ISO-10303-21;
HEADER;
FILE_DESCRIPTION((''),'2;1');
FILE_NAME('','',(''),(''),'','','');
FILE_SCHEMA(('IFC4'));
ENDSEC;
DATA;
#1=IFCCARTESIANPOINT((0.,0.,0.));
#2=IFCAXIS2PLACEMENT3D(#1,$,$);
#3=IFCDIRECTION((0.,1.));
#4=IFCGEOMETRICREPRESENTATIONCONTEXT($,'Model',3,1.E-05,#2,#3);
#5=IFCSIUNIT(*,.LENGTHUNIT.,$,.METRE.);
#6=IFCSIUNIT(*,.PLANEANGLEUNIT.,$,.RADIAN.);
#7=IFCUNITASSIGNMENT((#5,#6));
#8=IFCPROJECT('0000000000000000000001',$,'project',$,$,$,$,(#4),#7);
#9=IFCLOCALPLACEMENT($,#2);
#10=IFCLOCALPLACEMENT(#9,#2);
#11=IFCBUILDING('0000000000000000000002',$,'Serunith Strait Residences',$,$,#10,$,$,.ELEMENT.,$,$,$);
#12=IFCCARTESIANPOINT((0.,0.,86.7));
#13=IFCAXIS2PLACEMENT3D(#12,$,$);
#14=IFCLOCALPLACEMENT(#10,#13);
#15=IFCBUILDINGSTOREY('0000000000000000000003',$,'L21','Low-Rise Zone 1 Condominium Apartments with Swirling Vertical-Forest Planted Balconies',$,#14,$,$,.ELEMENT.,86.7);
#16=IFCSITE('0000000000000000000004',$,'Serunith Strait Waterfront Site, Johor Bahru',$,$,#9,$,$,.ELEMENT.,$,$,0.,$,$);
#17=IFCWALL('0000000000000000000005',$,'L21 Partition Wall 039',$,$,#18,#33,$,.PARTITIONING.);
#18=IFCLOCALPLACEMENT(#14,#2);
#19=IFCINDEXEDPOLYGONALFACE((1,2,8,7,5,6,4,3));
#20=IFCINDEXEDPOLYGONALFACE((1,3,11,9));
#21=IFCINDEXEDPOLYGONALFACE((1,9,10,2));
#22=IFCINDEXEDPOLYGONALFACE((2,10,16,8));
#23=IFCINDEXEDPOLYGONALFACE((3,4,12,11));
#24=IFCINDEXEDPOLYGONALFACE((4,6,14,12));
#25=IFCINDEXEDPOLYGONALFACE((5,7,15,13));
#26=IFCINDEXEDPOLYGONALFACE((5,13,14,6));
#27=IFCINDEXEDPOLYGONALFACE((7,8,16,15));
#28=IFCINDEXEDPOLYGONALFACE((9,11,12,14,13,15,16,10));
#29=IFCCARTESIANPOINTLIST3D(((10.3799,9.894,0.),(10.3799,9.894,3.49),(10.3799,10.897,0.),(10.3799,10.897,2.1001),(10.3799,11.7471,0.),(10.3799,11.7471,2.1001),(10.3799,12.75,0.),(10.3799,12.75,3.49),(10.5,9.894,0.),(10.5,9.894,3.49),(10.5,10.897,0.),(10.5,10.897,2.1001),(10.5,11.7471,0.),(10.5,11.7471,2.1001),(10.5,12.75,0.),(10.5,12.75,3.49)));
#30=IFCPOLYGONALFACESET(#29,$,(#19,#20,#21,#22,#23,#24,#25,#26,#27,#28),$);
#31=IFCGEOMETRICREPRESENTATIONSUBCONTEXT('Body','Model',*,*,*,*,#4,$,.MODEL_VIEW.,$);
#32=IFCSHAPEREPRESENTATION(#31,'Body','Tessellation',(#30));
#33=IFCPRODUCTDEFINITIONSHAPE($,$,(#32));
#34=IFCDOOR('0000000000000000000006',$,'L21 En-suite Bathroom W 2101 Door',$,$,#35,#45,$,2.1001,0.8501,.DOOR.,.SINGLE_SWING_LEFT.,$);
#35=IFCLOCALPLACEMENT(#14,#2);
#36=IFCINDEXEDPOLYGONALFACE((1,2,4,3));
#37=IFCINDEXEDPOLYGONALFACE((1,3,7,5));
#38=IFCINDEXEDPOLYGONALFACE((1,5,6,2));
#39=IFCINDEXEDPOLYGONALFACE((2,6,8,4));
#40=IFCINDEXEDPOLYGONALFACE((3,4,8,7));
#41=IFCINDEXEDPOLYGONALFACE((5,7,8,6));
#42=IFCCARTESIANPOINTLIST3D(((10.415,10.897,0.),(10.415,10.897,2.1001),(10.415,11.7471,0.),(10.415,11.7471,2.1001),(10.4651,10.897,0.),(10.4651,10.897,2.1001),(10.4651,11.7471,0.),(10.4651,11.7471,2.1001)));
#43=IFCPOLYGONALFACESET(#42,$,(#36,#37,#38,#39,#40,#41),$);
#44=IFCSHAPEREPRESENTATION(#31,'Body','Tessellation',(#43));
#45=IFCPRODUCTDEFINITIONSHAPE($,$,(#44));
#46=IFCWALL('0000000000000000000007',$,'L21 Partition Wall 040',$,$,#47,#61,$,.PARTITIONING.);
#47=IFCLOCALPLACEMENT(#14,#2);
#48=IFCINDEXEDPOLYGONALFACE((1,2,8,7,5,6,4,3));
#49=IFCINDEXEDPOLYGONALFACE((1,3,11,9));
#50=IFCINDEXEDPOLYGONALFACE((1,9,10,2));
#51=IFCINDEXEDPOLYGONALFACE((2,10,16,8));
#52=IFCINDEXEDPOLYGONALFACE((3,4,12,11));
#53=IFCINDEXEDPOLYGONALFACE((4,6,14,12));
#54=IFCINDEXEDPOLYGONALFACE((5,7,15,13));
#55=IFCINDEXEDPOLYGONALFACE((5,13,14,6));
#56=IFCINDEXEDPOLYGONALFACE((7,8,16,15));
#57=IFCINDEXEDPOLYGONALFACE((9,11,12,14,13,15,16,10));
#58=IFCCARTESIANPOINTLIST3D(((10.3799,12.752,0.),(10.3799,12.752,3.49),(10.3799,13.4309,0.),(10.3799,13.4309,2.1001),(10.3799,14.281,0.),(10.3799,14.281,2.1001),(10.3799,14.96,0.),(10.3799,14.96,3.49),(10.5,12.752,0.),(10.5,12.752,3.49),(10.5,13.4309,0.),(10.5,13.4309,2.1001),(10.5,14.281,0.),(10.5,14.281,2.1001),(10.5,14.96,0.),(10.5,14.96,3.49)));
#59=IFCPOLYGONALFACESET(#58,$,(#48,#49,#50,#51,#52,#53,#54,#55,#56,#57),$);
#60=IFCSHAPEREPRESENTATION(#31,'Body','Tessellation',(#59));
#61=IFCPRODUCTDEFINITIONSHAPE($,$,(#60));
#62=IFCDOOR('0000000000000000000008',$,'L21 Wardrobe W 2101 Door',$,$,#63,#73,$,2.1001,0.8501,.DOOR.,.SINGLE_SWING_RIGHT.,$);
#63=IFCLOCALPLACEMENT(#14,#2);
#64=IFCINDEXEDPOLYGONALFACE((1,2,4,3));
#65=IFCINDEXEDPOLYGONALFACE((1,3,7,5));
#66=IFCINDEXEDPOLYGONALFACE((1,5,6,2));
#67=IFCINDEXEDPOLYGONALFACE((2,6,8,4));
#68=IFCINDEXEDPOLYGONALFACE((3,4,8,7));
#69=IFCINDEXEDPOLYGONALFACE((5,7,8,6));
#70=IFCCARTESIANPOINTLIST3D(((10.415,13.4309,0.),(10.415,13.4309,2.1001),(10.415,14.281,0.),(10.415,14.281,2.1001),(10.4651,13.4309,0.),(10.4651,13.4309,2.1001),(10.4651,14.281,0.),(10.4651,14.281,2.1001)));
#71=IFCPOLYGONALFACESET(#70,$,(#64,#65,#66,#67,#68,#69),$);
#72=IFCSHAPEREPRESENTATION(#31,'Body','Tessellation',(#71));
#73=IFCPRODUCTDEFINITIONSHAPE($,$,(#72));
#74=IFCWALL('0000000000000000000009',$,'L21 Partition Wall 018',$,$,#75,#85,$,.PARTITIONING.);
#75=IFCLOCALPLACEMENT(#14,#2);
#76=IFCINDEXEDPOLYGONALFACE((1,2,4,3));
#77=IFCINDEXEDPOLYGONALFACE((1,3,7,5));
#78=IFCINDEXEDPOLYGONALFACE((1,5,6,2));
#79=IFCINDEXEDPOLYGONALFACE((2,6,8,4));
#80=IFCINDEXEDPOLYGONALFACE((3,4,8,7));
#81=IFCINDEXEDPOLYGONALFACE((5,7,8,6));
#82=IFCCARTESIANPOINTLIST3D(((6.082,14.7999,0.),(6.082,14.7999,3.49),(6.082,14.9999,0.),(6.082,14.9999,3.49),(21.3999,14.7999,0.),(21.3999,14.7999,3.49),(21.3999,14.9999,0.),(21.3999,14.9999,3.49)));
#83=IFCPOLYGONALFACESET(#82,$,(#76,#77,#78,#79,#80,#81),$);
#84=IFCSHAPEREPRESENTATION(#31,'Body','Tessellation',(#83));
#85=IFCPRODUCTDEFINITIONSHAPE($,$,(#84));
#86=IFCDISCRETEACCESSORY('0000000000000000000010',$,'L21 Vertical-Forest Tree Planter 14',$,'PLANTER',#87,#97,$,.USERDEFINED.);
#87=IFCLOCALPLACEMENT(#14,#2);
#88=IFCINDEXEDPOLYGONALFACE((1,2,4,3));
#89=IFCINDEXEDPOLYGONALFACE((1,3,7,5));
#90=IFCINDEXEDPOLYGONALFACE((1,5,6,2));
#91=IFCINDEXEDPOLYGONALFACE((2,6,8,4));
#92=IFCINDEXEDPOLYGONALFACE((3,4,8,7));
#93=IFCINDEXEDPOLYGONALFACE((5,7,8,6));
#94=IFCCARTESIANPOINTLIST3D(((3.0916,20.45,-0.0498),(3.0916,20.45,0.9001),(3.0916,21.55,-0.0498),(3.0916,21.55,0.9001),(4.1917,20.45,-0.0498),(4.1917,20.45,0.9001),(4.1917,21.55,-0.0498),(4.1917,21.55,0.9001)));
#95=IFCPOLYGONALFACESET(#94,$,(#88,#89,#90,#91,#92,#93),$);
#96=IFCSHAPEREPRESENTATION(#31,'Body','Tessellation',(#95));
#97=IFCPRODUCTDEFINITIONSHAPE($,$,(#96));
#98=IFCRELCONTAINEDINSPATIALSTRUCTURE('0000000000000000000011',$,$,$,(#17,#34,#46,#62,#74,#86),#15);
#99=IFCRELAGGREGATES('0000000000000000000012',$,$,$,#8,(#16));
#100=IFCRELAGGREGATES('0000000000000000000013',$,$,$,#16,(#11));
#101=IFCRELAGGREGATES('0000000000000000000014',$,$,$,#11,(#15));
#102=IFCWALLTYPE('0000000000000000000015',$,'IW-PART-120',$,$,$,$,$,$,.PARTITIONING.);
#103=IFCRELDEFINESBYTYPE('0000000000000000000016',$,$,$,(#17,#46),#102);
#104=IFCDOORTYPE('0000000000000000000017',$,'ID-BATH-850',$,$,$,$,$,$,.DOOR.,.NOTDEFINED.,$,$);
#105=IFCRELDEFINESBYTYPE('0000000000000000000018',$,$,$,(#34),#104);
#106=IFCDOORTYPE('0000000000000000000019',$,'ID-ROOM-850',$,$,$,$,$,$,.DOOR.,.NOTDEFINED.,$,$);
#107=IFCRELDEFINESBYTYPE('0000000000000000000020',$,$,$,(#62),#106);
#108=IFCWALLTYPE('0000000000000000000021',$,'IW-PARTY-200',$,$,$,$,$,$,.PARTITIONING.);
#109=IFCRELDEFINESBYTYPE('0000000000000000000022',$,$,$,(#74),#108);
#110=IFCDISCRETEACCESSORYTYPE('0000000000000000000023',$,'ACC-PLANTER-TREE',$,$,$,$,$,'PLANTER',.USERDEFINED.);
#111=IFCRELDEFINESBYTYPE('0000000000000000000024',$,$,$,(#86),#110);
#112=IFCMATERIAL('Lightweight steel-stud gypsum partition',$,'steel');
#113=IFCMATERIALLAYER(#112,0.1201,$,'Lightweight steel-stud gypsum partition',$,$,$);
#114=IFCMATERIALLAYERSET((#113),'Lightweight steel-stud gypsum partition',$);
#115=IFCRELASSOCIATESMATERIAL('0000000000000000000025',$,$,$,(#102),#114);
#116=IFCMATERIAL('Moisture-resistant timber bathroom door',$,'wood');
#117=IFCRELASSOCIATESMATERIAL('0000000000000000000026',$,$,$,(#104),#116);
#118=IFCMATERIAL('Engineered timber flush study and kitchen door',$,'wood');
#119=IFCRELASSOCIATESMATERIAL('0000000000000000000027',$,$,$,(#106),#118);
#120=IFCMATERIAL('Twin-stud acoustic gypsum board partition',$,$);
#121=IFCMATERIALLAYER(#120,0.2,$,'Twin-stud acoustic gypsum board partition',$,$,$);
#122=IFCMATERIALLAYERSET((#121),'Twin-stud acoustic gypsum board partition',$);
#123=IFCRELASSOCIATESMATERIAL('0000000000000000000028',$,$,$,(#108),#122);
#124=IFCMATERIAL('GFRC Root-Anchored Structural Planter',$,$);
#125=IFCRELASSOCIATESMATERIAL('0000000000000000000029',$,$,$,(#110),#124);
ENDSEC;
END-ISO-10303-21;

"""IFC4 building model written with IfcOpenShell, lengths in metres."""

from ifc_helpers import new_model, si_unit, direction, frame, frame_2d, origin, origin_2d, place, context, subcontext, project, spatial, rectangle, extrude, source, transform, mapped, material, layer, layer_set, type_object, element, fill, save


model = new_model("IFC4")

# Units and contexts
model_context = context("Model", 3, precision=1e-05, world=origin(), true_north=direction((0.0, 1.0)))
body_context = subcontext(model_context, "Body", "Model", "MODEL_VIEW")
ifc_project = project(units=[si_unit("LENGTHUNIT", "METRE"), si_unit("PLANEANGLEUNIT", "RADIAN")], contexts=[model_context])

# Site, building, storey
site_placement = place(None, origin())
site = spatial("IfcSite", under=ifc_project, at=site_placement, Name="Serunith Strait Waterfront Site, Johor Bahru", CompositionType="ELEMENT", RefElevation=0.0)
building_placement = place(site_placement, origin())
building = spatial("IfcBuilding", under=site, at=building_placement, Name="Serunith Strait Residences", CompositionType="ELEMENT")
storey_placement = place(building_placement, frame((0.0, 0.0, 86.7)))
storey = spatial("IfcBuildingStorey", under=building, at=storey_placement, Name="L21", Description="Low-Rise Zone 1 Condominium Apartments with Swirling Vertical-Forest Planted Balconies", CompositionType="ELEMENT", Elevation=86.7)

# Shared definitions
ifc_material_1 = material(Name="Lightweight steel-stud gypsum partition", Category="steel")
ifc_layer_1 = layer(ifc_material_1, 0.1201, Name="Lightweight steel-stud gypsum partition")
ifc_layer_set_1 = layer_set([ifc_layer_1], Name="Lightweight steel-stud gypsum partition")
wall_type_1 = type_object("IfcWallType", Name="IW-PART-120", PredefinedType="PARTITIONING", material=ifc_layer_set_1)
ifc_material_2 = material(Name="Moisture-resistant timber bathroom door", Category="wood")
door_type_1 = type_object("IfcDoorType", Name="ID-BATH-850", OperationType="NOTDEFINED", PredefinedType="DOOR", material=ifc_material_2)
shared_shape_1 = source(origin(), body_context, "Body", "SweptSolid", [
    extrude(rectangle(XDim=0.8501, YDim=2.1001, at=frame_2d((0.425, 1.05))), frame((0.0, 0.0249, 0.0), z_axis=(0.0, -1.0, 0.0), x_axis=(1.0, 0.0, 0.0)), (0.0, 0.0, 1.0), 0.05),
])
ifc_material_3 = material(Name="Engineered timber flush study and kitchen door", Category="wood")
door_type_2 = type_object("IfcDoorType", Name="ID-ROOM-850", OperationType="NOTDEFINED", PredefinedType="DOOR", material=ifc_material_3)

# Walls, openings, doors
wall_1_placement = place(storey_placement, frame((10.4399, 9.894, 0.0), z_axis=(0.0, 0.0, 1.0), x_axis=(0.0, 1.0, 0.0)))
wall_1 = element("IfcWall", 1, at=wall_1_placement, inside=storey, type_object=wall_type_1, Name="L21 Partition Wall 039", PredefinedType="PARTITIONING", context=body_context, shape_type="SweptSolid", body=[
    extrude(rectangle(XDim=2.856, YDim=0.1201, at=frame_2d((1.428, 0.0))), origin(), (0.0, 0.0, 1.0), 3.49),
])
opening_1_placement = place(wall_1_placement, frame((1.0029, 0.0, 0.0)))
opening_1 = element("IfcOpeningElement", 2, at=opening_1_placement, cuts=wall_1, PredefinedType="OPENING", context=body_context, shape_type="SweptSolid", body=[
    extrude(rectangle(XDim=0.8501, YDim=2.1001, at=frame_2d((0.425, 1.05))), frame((0.0, 0.0701, 0.0), z_axis=(0.0, -1.0, 0.0), x_axis=(1.0, 0.0, 0.0)), (0.0, 0.0, 1.0), 0.1401),
])
door_1_placement = place(opening_1_placement, origin())
door_1 = element("IfcDoor", 3, at=door_1_placement, inside=storey, type_object=door_type_1, Name="L21 En-suite Bathroom W 2101 Door", OperationType="SINGLE_SWING_LEFT", OverallHeight=2.1001, OverallWidth=0.8501, PredefinedType="DOOR", context=body_context, shape_type="MappedRepresentation", body=[
    mapped(shared_shape_1, transform((0.0, 0.0, 0.0), scale=1.0)),
])
fill(opening_1, door_1)
wall_2_placement = place(storey_placement, frame((10.4399, 12.752, 0.0), z_axis=(0.0, 0.0, 1.0), x_axis=(0.0, 1.0, 0.0)))
wall_2 = element("IfcWall", 4, at=wall_2_placement, inside=storey, type_object=wall_type_1, Name="L21 Partition Wall 040", PredefinedType="PARTITIONING", context=body_context, shape_type="SweptSolid", body=[
    extrude(rectangle(XDim=2.208, YDim=0.1201, at=frame_2d((1.104, 0.0))), origin(), (0.0, 0.0, 1.0), 3.49),
])
opening_2_placement = place(wall_2_placement, frame((0.679, 0.0, 0.0)))
opening_2 = element("IfcOpeningElement", 5, at=opening_2_placement, cuts=wall_2, PredefinedType="OPENING", context=body_context, shape_type="SweptSolid", body=[
    extrude(rectangle(XDim=0.8501, YDim=2.1001, at=frame_2d((0.425, 1.05))), frame((0.0, 0.0701, 0.0), z_axis=(0.0, -1.0, 0.0), x_axis=(1.0, 0.0, 0.0)), (0.0, 0.0, 1.0), 0.1401),
])
door_2_placement = place(opening_2_placement, origin())
door_2 = element("IfcDoor", 6, at=door_2_placement, inside=storey, type_object=door_type_2, Name="L21 Wardrobe W 2101 Door", OperationType="SINGLE_SWING_RIGHT", OverallHeight=2.1001, OverallWidth=0.8501, PredefinedType="DOOR", context=body_context, shape_type="MappedRepresentation", body=[
    mapped(shared_shape_1, transform((0.0, 0.0, 0.0), scale=1.0)),
])
fill(opening_2, door_2)

# Wall
ifc_material_4 = material(Name="Twin-stud acoustic gypsum board partition")
ifc_layer_2 = layer(ifc_material_4, 0.2, Name="Twin-stud acoustic gypsum board partition")
ifc_layer_set_2 = layer_set([ifc_layer_2], Name="Twin-stud acoustic gypsum board partition")
wall_type_2 = type_object("IfcWallType", Name="IW-PARTY-200", PredefinedType="PARTITIONING", material=ifc_layer_set_2)
wall_3_placement = place(storey_placement, frame((6.082, 14.8999, 0.0), z_axis=(0.0, 0.0, 1.0), x_axis=(1.0, 0.0, 0.0)))
element("IfcWall", 7, at=wall_3_placement, inside=storey, type_object=wall_type_2, Name="L21 Partition Wall 018", PredefinedType="PARTITIONING", context=body_context, shape_type="SweptSolid", body=[
    extrude(rectangle(XDim=15.3179, YDim=0.2, at=frame_2d((7.6589, 0.0))), origin(), (0.0, 0.0, 1.0), 3.49),
])

# Discrete accessory
ifc_material_5 = material(Name="GFRC Root-Anchored Structural Planter")
discrete_accessory_type = type_object("IfcDiscreteAccessoryType", Name="ACC-PLANTER-TREE", ElementType="PLANTER", PredefinedType="USERDEFINED", material=ifc_material_5)
shared_shape_2 = source(origin(), body_context, "Body", "SweptSolid", [
    extrude(rectangle(XDim=1.1001, YDim=1.1001, at=origin_2d()), origin(), (0.0, 0.0, 1.0), 0.95),
])
discrete_accessory_placement = place(storey_placement, frame((3.6416, 21.0, -0.0498), z_axis=(0.0, 0.0, 1.0), x_axis=(0.0, -1.0, 0.0)))
element("IfcDiscreteAccessory", 8, at=discrete_accessory_placement, inside=storey, type_object=discrete_accessory_type, Name="L21 Vertical-Forest Tree Planter 14", ObjectType="PLANTER", PredefinedType="USERDEFINED", context=body_context, shape_type="MappedRepresentation", body=[
    mapped(shared_shape_2, transform((0.0, 0.0, 0.0), scale=1.0)),
])

save(model, "model.ifc")
